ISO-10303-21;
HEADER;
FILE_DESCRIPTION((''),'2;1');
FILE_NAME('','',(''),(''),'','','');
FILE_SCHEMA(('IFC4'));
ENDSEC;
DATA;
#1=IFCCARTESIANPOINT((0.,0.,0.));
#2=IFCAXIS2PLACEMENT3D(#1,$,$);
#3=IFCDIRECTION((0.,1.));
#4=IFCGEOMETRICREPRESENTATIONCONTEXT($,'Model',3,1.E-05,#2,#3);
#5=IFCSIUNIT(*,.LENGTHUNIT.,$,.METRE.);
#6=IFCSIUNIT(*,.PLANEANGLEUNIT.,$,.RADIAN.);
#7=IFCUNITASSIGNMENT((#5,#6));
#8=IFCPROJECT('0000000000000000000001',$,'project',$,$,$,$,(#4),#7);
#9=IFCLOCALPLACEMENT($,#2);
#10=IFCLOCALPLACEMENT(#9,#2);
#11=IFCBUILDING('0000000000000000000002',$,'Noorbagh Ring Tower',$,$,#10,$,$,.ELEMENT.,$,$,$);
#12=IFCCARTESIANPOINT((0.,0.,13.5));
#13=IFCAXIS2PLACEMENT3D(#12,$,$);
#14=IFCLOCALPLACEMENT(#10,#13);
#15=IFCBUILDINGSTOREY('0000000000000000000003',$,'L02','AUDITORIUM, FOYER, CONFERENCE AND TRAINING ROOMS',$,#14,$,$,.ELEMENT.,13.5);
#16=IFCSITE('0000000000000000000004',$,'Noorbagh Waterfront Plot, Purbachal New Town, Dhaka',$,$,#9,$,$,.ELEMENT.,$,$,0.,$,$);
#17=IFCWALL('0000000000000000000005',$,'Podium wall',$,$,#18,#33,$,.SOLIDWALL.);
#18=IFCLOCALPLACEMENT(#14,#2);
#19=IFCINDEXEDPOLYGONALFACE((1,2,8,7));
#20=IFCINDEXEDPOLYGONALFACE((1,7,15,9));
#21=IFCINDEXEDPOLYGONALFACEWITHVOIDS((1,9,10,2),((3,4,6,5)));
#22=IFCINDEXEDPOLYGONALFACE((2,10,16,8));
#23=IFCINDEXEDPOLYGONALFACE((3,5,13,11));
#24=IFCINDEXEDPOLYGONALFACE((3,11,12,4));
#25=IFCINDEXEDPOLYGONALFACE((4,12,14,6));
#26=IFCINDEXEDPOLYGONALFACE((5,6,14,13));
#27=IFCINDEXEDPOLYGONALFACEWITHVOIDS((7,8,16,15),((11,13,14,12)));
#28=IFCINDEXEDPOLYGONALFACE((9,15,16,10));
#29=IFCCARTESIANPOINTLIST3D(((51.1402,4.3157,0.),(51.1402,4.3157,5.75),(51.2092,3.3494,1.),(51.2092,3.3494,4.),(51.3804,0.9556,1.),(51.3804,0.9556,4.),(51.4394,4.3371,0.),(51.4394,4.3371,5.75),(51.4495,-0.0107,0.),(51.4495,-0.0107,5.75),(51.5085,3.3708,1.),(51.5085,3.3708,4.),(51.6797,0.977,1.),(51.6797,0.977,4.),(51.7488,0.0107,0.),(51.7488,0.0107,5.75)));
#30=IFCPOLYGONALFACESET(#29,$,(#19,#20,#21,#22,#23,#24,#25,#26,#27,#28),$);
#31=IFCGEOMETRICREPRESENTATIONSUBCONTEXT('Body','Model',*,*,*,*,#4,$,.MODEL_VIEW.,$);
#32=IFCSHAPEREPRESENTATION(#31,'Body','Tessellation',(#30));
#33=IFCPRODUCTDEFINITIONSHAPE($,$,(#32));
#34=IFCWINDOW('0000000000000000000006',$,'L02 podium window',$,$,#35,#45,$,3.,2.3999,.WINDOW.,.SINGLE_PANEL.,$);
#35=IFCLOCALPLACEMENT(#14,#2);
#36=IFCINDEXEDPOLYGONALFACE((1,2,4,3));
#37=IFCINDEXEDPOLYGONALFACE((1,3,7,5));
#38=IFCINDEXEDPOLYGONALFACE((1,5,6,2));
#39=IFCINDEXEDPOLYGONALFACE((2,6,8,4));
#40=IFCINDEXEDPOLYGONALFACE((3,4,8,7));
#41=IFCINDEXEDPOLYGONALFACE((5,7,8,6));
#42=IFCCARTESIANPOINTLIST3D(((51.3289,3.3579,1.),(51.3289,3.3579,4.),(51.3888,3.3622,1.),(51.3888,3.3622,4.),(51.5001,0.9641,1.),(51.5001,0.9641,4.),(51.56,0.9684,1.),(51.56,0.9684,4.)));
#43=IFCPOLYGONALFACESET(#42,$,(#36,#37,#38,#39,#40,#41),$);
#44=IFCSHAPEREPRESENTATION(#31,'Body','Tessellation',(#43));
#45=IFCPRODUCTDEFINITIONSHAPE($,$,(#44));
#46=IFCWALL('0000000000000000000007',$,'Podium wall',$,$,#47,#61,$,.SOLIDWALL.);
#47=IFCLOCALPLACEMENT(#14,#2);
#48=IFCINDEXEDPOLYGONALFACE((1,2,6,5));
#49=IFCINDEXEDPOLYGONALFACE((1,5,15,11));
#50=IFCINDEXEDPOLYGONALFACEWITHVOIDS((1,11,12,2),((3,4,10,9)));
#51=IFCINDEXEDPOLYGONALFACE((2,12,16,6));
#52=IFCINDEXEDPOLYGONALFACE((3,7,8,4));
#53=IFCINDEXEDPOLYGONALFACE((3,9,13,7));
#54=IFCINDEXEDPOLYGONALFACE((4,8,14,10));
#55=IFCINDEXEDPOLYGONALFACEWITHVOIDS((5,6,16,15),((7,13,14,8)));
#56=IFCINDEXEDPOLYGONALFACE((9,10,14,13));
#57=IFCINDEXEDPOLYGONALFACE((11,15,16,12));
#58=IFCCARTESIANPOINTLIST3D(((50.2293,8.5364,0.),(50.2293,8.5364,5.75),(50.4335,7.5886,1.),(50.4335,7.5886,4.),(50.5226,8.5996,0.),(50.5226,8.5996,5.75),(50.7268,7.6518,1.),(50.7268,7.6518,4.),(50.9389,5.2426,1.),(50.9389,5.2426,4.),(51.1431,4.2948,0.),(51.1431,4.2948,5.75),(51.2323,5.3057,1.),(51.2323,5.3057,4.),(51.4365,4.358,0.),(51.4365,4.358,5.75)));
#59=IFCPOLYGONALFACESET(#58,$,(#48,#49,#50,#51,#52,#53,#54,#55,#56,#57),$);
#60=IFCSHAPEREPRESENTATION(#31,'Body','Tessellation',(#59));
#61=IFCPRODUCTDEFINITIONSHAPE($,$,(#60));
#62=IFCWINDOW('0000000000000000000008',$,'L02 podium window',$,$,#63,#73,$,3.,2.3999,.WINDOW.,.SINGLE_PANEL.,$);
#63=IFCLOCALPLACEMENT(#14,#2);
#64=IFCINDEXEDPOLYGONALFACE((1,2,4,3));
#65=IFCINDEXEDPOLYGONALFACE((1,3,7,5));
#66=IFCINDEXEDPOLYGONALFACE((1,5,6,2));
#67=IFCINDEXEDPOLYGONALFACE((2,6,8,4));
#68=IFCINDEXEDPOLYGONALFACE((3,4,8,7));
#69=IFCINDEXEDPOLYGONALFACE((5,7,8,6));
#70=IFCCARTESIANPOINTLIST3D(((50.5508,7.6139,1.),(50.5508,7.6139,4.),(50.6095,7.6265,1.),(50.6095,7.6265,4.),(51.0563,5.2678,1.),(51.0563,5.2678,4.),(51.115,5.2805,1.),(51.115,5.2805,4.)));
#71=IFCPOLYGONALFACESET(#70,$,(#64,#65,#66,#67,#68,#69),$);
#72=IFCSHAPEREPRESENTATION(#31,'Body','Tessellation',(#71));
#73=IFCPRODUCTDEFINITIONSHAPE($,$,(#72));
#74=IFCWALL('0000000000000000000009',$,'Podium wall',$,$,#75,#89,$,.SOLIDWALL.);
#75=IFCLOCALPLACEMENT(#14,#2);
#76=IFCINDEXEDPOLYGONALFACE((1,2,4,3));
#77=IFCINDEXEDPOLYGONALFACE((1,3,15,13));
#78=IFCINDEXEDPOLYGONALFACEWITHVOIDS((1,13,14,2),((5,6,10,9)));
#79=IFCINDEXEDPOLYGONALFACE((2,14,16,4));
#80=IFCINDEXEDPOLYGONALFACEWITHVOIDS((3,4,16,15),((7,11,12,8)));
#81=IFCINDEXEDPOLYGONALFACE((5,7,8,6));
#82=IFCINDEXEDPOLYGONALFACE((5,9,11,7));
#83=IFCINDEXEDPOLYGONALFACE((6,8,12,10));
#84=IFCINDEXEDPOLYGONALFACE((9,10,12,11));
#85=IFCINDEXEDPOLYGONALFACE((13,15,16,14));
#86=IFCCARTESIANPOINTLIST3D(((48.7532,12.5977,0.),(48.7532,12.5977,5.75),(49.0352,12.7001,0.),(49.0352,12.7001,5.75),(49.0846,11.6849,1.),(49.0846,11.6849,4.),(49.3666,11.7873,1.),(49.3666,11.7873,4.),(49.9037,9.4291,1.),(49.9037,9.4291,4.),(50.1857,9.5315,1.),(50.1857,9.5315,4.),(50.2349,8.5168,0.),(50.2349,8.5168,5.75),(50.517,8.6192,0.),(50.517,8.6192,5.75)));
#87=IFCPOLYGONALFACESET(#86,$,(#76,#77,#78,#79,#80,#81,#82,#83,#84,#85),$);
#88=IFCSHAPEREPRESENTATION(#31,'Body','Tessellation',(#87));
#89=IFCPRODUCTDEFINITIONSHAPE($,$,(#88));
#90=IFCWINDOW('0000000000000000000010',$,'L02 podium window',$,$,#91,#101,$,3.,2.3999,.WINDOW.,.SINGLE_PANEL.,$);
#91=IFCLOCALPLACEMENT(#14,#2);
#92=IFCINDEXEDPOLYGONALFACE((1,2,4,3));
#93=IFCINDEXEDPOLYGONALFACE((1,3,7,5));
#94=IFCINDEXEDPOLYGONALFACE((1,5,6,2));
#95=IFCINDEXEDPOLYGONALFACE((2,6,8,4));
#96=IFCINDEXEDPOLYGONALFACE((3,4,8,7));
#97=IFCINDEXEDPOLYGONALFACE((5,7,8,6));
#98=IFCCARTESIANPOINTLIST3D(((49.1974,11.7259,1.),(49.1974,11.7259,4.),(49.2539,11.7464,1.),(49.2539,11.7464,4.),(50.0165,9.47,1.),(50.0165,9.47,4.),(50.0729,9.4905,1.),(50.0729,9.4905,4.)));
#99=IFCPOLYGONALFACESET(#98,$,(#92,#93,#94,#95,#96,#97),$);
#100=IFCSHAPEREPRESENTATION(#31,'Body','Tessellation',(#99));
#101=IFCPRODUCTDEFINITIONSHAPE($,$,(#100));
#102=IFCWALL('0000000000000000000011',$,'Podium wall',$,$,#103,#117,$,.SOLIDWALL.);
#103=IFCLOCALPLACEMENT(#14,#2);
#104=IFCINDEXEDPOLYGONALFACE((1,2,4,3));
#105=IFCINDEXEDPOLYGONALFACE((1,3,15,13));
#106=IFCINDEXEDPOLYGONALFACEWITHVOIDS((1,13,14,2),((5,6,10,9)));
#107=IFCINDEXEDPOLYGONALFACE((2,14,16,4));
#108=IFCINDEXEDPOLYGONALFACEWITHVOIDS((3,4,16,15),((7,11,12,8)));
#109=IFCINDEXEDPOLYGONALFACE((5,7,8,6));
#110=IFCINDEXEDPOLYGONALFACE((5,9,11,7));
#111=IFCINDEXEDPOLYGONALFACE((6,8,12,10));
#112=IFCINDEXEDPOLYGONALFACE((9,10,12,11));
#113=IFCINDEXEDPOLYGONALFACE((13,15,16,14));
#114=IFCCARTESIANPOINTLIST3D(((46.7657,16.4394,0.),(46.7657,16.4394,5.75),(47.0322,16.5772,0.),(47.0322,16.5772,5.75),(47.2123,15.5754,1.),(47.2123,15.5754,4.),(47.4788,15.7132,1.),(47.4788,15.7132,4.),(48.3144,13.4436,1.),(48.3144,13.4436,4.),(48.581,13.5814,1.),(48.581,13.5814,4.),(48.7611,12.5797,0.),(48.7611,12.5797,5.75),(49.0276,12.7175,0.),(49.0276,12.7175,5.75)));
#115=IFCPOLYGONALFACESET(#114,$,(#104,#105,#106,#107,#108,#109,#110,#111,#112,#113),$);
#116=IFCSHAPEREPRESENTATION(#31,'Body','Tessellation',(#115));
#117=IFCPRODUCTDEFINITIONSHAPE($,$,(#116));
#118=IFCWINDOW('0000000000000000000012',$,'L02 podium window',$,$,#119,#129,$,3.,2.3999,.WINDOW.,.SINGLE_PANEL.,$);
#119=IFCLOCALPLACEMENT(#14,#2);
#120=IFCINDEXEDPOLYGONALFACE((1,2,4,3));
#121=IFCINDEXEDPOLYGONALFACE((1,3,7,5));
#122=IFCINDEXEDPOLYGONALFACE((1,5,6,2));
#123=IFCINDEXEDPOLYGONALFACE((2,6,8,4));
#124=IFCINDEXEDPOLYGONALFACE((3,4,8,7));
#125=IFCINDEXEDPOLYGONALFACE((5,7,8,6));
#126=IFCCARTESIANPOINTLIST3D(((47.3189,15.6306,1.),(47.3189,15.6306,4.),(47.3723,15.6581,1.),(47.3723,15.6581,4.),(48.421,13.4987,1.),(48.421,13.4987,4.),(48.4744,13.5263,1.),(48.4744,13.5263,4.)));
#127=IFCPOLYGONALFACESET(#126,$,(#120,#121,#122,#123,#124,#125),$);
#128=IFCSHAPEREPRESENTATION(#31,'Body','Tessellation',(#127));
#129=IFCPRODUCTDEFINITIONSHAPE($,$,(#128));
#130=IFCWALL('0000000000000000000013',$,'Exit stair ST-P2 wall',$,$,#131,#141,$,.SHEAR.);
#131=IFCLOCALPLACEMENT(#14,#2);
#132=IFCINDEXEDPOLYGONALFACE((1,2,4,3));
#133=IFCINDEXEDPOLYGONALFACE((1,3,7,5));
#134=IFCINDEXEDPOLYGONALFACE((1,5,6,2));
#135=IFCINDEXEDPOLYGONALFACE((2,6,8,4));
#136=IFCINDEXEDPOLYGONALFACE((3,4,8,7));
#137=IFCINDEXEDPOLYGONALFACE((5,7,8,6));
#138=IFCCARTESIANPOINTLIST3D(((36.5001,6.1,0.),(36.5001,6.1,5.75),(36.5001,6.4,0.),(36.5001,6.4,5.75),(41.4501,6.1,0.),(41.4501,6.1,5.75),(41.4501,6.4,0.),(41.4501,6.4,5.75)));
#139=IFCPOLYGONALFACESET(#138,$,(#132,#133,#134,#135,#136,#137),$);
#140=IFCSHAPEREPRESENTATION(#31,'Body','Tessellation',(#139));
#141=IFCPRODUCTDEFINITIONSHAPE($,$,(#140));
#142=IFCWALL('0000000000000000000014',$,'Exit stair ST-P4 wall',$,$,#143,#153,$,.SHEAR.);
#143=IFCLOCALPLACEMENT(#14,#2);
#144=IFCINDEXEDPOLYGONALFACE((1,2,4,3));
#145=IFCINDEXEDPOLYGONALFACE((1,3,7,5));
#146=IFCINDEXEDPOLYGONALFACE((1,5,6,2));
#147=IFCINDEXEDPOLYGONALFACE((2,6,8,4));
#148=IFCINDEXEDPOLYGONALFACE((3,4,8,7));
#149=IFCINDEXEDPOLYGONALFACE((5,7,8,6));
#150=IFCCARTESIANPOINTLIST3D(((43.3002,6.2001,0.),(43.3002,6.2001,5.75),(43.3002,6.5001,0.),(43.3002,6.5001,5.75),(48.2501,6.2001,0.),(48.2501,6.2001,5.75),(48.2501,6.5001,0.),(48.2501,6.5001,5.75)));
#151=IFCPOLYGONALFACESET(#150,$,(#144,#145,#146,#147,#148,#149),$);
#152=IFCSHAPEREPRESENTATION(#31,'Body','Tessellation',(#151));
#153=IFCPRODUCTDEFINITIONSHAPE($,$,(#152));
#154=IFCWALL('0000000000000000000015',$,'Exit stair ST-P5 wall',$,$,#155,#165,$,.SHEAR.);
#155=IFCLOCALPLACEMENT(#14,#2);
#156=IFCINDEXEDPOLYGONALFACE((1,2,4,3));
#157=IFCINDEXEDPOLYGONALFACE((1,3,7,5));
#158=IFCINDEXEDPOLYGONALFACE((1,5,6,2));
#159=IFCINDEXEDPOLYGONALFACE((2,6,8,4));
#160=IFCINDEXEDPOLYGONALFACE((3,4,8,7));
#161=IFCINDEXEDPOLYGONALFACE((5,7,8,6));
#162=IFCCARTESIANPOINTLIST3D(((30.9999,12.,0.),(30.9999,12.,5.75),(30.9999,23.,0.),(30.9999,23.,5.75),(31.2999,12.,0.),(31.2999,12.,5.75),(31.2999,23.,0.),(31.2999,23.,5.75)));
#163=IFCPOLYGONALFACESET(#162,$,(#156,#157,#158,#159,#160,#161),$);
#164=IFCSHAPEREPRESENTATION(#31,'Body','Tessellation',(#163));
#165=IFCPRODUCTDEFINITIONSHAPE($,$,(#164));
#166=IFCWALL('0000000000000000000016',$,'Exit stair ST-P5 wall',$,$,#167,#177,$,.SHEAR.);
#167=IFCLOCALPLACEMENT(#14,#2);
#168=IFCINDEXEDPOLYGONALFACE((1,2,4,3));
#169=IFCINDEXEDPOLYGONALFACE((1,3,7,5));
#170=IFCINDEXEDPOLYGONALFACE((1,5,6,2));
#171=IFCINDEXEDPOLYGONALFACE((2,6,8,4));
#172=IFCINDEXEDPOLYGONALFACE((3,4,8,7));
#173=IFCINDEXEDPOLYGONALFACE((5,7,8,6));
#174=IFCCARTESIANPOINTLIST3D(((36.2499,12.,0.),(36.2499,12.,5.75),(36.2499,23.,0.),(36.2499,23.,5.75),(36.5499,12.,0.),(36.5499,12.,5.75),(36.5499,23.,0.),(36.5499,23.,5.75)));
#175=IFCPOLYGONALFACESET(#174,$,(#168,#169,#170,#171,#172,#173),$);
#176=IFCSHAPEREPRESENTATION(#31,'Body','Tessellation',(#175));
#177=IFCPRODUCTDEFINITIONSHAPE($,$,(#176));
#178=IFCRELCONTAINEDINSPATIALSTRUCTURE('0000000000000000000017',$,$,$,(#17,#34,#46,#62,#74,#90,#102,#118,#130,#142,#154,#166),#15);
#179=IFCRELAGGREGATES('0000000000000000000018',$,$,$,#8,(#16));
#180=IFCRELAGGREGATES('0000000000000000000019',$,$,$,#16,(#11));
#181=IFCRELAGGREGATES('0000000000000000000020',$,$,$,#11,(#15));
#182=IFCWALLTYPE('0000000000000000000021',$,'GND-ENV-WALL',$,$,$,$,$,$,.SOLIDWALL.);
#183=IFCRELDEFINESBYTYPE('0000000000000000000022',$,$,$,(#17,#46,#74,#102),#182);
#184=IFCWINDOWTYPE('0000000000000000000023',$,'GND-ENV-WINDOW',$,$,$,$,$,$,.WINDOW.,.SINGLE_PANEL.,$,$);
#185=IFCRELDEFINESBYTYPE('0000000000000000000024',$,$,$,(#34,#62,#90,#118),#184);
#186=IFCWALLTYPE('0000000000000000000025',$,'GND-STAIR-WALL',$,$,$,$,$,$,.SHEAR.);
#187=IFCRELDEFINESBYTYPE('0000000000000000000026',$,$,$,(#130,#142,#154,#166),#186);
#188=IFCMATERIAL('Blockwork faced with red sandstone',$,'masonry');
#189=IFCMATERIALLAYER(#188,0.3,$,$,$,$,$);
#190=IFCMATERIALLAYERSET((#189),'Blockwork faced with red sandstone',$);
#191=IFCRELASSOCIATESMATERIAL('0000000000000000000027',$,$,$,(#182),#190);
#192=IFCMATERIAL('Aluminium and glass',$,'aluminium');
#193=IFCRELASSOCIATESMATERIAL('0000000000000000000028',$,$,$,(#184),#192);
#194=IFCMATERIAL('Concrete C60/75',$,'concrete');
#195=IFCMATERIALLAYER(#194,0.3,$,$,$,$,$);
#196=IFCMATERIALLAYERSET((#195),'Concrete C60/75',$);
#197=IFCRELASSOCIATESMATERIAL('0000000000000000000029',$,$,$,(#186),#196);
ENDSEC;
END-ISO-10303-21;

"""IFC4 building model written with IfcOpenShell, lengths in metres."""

from ifc_helpers import new_model, si_unit, direction, frame, frame_2d, origin, place, context, subcontext, project, spatial, rectangle, extrude, material, layer, layer_set, type_object, element, fill, save


model = new_model("IFC4")

# Units and contexts
model_context = context("Model", 3, precision=1e-05, world=origin(), true_north=direction((0.0, 1.0)))
body_context = subcontext(model_context, "Body", "Model", "MODEL_VIEW")
ifc_project = project(units=[si_unit("LENGTHUNIT", "METRE"), si_unit("PLANEANGLEUNIT", "RADIAN")], contexts=[model_context])

# Site, building, storey
site_placement = place(None, origin())
site = spatial("IfcSite", under=ifc_project, at=site_placement, Name="Noorbagh Waterfront Plot, Purbachal New Town, Dhaka", CompositionType="ELEMENT", RefElevation=0.0)
building_placement = place(site_placement, origin())
building = spatial("IfcBuilding", under=site, at=building_placement, Name="Noorbagh Ring Tower", CompositionType="ELEMENT")
storey_placement = place(building_placement, frame((0.0, 0.0, 13.5)))
storey = spatial("IfcBuildingStorey", under=building, at=storey_placement, Name="L02", Description="AUDITORIUM, FOYER, CONFERENCE AND TRAINING ROOMS", CompositionType="ELEMENT", Elevation=13.5)

# Walls, openings, windows
ifc_material_1 = material(Name="Blockwork faced with red sandstone", Category="masonry")
ifc_layer_1 = layer(ifc_material_1, 0.3)
ifc_layer_set_1 = layer_set([ifc_layer_1], Name="Blockwork faced with red sandstone")
wall_type_1 = type_object("IfcWallType", Name="GND-ENV-WALL", PredefinedType="SOLIDWALL", material=ifc_layer_set_1)
wall_1_placement = place(storey_placement, frame((51.5991, 0.0, 0.0), z_axis=(0.0, 0.0, 1.0), x_axis=(-0.071315, 0.997454, 0.0)))
wall_1 = element("IfcWall", 1, at=wall_1_placement, inside=storey, type_object=wall_type_1, Name="Podium wall", PredefinedType="SOLIDWALL", context=body_context, shape_type="SweptSolid", body=[
    extrude(rectangle(XDim=4.3374, YDim=0.3, at=frame_2d((2.1687, 0.0))), origin(), (0.0, 0.0, 1.0), 5.75),
])
opening_1_placement = place(wall_1_placement, frame((0.9688, 0.0, 1.0)))
opening_1 = element("IfcOpeningElement", 2, at=opening_1_placement, cuts=wall_1, PredefinedType="OPENING", context=body_context, shape_type="SweptSolid", body=[
    extrude(rectangle(XDim=2.3999, YDim=3.0, at=frame_2d((1.2, 1.5))), frame((0.0, 0.1602, 0.0), z_axis=(0.0, -1.0, 0.0), x_axis=(1.0, 0.0, 0.0)), (0.0, 0.0, 1.0), 0.3201),
])
ifc_material_2 = material(Name="Aluminium and glass", Category="aluminium")
window_type = type_object("IfcWindowType", Name="GND-ENV-WINDOW", PartitioningType="SINGLE_PANEL", PredefinedType="WINDOW", material=ifc_material_2)
window_1_placement = place(opening_1_placement, origin())
window_1 = element("IfcWindow", 3, at=window_1_placement, inside=storey, type_object=window_type, Name="L02 podium window", OverallHeight=3.0, OverallWidth=2.3999, PartitioningType="SINGLE_PANEL", PredefinedType="WINDOW", context=body_context, shape_type="SweptSolid", body=[
    extrude(rectangle(XDim=2.3999, YDim=3.0, at=frame_2d((1.2, 1.5))), frame((0.0, 0.03, 0.0), z_axis=(0.0, -1.0, 0.0), x_axis=(1.0, 0.0, 0.0)), (0.0, 0.0, 1.0), 0.0601),
])
fill(opening_1, window_1)
wall_2_placement = place(storey_placement, frame((51.2898, 4.3264, 0.0), z_axis=(0.0, 0.0, 1.0), x_axis=(-0.210616, 0.977569, 0.0)))
wall_2 = element("IfcWall", 4, at=wall_2_placement, inside=storey, type_object=wall_type_1, Name="Podium wall", PredefinedType="SOLIDWALL", context=body_context, shape_type="SweptSolid", body=[
    extrude(rectangle(XDim=4.3389, YDim=0.3, at=frame_2d((2.1694, 0.0))), origin(), (0.0, 0.0, 1.0), 5.75),
])
opening_2_placement = place(wall_2_placement, frame((0.9695, 0.0, 1.0)))
opening_2 = element("IfcOpeningElement", 5, at=opening_2_placement, cuts=wall_2, PredefinedType="OPENING", context=body_context, shape_type="SweptSolid", body=[
    extrude(rectangle(XDim=2.3999, YDim=3.0, at=frame_2d((1.2, 1.5))), frame((0.0, 0.1602, 0.0), z_axis=(0.0, -1.0, 0.0), x_axis=(1.0, 0.0, 0.0)), (0.0, 0.0, 1.0), 0.3201),
])
window_2_placement = place(opening_2_placement, origin())
window_2 = element("IfcWindow", 6, at=window_2_placement, inside=storey, type_object=window_type, Name="L02 podium window", OverallHeight=3.0, OverallWidth=2.3999, PartitioningType="SINGLE_PANEL", PredefinedType="WINDOW", context=body_context, shape_type="SweptSolid", body=[
    extrude(rectangle(XDim=2.3999, YDim=3.0, at=frame_2d((1.2, 1.5))), frame((0.0, 0.03, 0.0), z_axis=(0.0, -1.0, 0.0), x_axis=(1.0, 0.0, 0.0)), (0.0, 0.0, 1.0), 0.0601),
])
fill(opening_2, window_2)
wall_3_placement = place(storey_placement, frame((50.376, 8.5679, 0.0), z_axis=(0.0, 0.0, 1.0), x_axis=(-0.341287, 0.939959, 0.0)))
wall_3 = element("IfcWall", 7, at=wall_3_placement, inside=storey, type_object=wall_type_1, Name="Podium wall", PredefinedType="SOLIDWALL", context=body_context, shape_type="SweptSolid", body=[
    extrude(rectangle(XDim=4.3416, YDim=0.3, at=frame_2d((2.1709, 0.0))), origin(), (0.0, 0.0, 1.0), 5.75),
])
opening_3_placement = place(wall_3_placement, frame((0.9707, 0.0, 1.0)))
opening_3 = element("IfcOpeningElement", 8, at=opening_3_placement, cuts=wall_3, PredefinedType="OPENING", context=body_context, shape_type="SweptSolid", body=[
    extrude(rectangle(XDim=2.3999, YDim=3.0, at=frame_2d((1.2, 1.5))), frame((0.0, 0.1602, 0.0), z_axis=(0.0, -1.0, 0.0), x_axis=(1.0, 0.0, 0.0)), (0.0, 0.0, 1.0), 0.3201),
])
window_3_placement = place(opening_3_placement, origin())
window_3 = element("IfcWindow", 9, at=window_3_placement, inside=storey, type_object=window_type, Name="L02 podium window", OverallHeight=3.0, OverallWidth=2.3999, PartitioningType="SINGLE_PANEL", PredefinedType="WINDOW", context=body_context, shape_type="SweptSolid", body=[
    extrude(rectangle(XDim=2.3999, YDim=3.0, at=frame_2d((1.2, 1.5))), frame((0.0, 0.03, 0.0), z_axis=(0.0, -1.0, 0.0), x_axis=(1.0, 0.0, 0.0)), (0.0, 0.0, 1.0), 0.0601),
])
fill(opening_3, window_3)
wall_4_placement = place(storey_placement, frame((48.8943, 12.6487, 0.0), z_axis=(0.0, 0.0, 1.0), x_axis=(-0.459243, 0.888311, 0.0)))
wall_4 = element("IfcWall", 10, at=wall_4_placement, inside=storey, type_object=wall_type_1, Name="Podium wall", PredefinedType="SOLIDWALL", context=body_context, shape_type="SweptSolid", body=[
    extrude(rectangle(XDim=4.345, YDim=0.3, at=frame_2d((2.1724, 0.0))), origin(), (0.0, 0.0, 1.0), 5.75),
])
opening_4_placement = place(wall_4_placement, frame((0.9724, 0.0, 1.0)))
opening_4 = element("IfcOpeningElement", 11, at=opening_4_placement, cuts=wall_4, PredefinedType="OPENING", context=body_context, shape_type="SweptSolid", body=[
    extrude(rectangle(XDim=2.3999, YDim=3.0, at=frame_2d((1.2, 1.5))), frame((0.0, 0.1602, 0.0), z_axis=(0.0, -1.0, 0.0), x_axis=(1.0, 0.0, 0.0)), (0.0, 0.0, 1.0), 0.3201),
])
window_4_placement = place(opening_4_placement, origin())
window_4 = element("IfcWindow", 12, at=window_4_placement, inside=storey, type_object=window_type, Name="L02 podium window", OverallHeight=3.0, OverallWidth=2.3999, PartitioningType="SINGLE_PANEL", PredefinedType="WINDOW", context=body_context, shape_type="SweptSolid", body=[
    extrude(rectangle(XDim=2.3999, YDim=3.0, at=frame_2d((1.2, 1.5))), frame((0.0, 0.03, 0.0), z_axis=(0.0, -1.0, 0.0), x_axis=(1.0, 0.0, 0.0)), (0.0, 0.0, 1.0), 0.0601),
])
fill(opening_4, window_4)

# Walls
ifc_material_3 = material(Name="Concrete C60/75", Category="concrete")
ifc_layer_2 = layer(ifc_material_3, 0.3)
ifc_layer_set_2 = layer_set([ifc_layer_2], Name="Concrete C60/75")
wall_type_2 = type_object("IfcWallType", Name="GND-STAIR-WALL", PredefinedType="SHEAR", material=ifc_layer_set_2)
for number, where, z_axis, x_axis, name in (
    (13, (36.5, 6.25, 0.0), (0.0, 0.0, 1.0), (1.0, 0.0, 0.0), "Exit stair ST-P2 wall"),
    (14, (43.3, 6.3501, 0.0), (0.0, 0.0, 1.0), (1.0, 0.0, 0.0), "Exit stair ST-P4 wall"),
):
    element("IfcWall", number, at=place(storey_placement, frame(where, z_axis=z_axis, x_axis=x_axis)), inside=storey, type_object=wall_type_2, Name=name, PredefinedType="SHEAR", context=body_context, shape_type="SweptSolid", body=[
        extrude(rectangle(XDim=4.95, YDim=0.3, at=frame_2d((2.4751, 0.0))), origin(), (0.0, 0.0, 1.0), 5.75),
    ])
for number, where, z_axis, x_axis, name in (
    (15, (31.1499, 12.0, 0.0), (0.0, 0.0, 1.0), (0.0, 1.0, 0.0), "Exit stair ST-P5 wall"),
    (16, (36.3999, 12.0, 0.0), (0.0, 0.0, 1.0), (0.0, 1.0, 0.0), "Exit stair ST-P5 wall"),
):
    element("IfcWall", number, at=place(storey_placement, frame(where, z_axis=z_axis, x_axis=x_axis)), inside=storey, type_object=wall_type_2, Name=name, PredefinedType="SHEAR", context=body_context, shape_type="SweptSolid", body=[
        extrude(rectangle(XDim=11.0, YDim=0.3, at=frame_2d((5.5, 0.0))), origin(), (0.0, 0.0, 1.0), 5.75),
    ])

save(model, "model.ifc")
